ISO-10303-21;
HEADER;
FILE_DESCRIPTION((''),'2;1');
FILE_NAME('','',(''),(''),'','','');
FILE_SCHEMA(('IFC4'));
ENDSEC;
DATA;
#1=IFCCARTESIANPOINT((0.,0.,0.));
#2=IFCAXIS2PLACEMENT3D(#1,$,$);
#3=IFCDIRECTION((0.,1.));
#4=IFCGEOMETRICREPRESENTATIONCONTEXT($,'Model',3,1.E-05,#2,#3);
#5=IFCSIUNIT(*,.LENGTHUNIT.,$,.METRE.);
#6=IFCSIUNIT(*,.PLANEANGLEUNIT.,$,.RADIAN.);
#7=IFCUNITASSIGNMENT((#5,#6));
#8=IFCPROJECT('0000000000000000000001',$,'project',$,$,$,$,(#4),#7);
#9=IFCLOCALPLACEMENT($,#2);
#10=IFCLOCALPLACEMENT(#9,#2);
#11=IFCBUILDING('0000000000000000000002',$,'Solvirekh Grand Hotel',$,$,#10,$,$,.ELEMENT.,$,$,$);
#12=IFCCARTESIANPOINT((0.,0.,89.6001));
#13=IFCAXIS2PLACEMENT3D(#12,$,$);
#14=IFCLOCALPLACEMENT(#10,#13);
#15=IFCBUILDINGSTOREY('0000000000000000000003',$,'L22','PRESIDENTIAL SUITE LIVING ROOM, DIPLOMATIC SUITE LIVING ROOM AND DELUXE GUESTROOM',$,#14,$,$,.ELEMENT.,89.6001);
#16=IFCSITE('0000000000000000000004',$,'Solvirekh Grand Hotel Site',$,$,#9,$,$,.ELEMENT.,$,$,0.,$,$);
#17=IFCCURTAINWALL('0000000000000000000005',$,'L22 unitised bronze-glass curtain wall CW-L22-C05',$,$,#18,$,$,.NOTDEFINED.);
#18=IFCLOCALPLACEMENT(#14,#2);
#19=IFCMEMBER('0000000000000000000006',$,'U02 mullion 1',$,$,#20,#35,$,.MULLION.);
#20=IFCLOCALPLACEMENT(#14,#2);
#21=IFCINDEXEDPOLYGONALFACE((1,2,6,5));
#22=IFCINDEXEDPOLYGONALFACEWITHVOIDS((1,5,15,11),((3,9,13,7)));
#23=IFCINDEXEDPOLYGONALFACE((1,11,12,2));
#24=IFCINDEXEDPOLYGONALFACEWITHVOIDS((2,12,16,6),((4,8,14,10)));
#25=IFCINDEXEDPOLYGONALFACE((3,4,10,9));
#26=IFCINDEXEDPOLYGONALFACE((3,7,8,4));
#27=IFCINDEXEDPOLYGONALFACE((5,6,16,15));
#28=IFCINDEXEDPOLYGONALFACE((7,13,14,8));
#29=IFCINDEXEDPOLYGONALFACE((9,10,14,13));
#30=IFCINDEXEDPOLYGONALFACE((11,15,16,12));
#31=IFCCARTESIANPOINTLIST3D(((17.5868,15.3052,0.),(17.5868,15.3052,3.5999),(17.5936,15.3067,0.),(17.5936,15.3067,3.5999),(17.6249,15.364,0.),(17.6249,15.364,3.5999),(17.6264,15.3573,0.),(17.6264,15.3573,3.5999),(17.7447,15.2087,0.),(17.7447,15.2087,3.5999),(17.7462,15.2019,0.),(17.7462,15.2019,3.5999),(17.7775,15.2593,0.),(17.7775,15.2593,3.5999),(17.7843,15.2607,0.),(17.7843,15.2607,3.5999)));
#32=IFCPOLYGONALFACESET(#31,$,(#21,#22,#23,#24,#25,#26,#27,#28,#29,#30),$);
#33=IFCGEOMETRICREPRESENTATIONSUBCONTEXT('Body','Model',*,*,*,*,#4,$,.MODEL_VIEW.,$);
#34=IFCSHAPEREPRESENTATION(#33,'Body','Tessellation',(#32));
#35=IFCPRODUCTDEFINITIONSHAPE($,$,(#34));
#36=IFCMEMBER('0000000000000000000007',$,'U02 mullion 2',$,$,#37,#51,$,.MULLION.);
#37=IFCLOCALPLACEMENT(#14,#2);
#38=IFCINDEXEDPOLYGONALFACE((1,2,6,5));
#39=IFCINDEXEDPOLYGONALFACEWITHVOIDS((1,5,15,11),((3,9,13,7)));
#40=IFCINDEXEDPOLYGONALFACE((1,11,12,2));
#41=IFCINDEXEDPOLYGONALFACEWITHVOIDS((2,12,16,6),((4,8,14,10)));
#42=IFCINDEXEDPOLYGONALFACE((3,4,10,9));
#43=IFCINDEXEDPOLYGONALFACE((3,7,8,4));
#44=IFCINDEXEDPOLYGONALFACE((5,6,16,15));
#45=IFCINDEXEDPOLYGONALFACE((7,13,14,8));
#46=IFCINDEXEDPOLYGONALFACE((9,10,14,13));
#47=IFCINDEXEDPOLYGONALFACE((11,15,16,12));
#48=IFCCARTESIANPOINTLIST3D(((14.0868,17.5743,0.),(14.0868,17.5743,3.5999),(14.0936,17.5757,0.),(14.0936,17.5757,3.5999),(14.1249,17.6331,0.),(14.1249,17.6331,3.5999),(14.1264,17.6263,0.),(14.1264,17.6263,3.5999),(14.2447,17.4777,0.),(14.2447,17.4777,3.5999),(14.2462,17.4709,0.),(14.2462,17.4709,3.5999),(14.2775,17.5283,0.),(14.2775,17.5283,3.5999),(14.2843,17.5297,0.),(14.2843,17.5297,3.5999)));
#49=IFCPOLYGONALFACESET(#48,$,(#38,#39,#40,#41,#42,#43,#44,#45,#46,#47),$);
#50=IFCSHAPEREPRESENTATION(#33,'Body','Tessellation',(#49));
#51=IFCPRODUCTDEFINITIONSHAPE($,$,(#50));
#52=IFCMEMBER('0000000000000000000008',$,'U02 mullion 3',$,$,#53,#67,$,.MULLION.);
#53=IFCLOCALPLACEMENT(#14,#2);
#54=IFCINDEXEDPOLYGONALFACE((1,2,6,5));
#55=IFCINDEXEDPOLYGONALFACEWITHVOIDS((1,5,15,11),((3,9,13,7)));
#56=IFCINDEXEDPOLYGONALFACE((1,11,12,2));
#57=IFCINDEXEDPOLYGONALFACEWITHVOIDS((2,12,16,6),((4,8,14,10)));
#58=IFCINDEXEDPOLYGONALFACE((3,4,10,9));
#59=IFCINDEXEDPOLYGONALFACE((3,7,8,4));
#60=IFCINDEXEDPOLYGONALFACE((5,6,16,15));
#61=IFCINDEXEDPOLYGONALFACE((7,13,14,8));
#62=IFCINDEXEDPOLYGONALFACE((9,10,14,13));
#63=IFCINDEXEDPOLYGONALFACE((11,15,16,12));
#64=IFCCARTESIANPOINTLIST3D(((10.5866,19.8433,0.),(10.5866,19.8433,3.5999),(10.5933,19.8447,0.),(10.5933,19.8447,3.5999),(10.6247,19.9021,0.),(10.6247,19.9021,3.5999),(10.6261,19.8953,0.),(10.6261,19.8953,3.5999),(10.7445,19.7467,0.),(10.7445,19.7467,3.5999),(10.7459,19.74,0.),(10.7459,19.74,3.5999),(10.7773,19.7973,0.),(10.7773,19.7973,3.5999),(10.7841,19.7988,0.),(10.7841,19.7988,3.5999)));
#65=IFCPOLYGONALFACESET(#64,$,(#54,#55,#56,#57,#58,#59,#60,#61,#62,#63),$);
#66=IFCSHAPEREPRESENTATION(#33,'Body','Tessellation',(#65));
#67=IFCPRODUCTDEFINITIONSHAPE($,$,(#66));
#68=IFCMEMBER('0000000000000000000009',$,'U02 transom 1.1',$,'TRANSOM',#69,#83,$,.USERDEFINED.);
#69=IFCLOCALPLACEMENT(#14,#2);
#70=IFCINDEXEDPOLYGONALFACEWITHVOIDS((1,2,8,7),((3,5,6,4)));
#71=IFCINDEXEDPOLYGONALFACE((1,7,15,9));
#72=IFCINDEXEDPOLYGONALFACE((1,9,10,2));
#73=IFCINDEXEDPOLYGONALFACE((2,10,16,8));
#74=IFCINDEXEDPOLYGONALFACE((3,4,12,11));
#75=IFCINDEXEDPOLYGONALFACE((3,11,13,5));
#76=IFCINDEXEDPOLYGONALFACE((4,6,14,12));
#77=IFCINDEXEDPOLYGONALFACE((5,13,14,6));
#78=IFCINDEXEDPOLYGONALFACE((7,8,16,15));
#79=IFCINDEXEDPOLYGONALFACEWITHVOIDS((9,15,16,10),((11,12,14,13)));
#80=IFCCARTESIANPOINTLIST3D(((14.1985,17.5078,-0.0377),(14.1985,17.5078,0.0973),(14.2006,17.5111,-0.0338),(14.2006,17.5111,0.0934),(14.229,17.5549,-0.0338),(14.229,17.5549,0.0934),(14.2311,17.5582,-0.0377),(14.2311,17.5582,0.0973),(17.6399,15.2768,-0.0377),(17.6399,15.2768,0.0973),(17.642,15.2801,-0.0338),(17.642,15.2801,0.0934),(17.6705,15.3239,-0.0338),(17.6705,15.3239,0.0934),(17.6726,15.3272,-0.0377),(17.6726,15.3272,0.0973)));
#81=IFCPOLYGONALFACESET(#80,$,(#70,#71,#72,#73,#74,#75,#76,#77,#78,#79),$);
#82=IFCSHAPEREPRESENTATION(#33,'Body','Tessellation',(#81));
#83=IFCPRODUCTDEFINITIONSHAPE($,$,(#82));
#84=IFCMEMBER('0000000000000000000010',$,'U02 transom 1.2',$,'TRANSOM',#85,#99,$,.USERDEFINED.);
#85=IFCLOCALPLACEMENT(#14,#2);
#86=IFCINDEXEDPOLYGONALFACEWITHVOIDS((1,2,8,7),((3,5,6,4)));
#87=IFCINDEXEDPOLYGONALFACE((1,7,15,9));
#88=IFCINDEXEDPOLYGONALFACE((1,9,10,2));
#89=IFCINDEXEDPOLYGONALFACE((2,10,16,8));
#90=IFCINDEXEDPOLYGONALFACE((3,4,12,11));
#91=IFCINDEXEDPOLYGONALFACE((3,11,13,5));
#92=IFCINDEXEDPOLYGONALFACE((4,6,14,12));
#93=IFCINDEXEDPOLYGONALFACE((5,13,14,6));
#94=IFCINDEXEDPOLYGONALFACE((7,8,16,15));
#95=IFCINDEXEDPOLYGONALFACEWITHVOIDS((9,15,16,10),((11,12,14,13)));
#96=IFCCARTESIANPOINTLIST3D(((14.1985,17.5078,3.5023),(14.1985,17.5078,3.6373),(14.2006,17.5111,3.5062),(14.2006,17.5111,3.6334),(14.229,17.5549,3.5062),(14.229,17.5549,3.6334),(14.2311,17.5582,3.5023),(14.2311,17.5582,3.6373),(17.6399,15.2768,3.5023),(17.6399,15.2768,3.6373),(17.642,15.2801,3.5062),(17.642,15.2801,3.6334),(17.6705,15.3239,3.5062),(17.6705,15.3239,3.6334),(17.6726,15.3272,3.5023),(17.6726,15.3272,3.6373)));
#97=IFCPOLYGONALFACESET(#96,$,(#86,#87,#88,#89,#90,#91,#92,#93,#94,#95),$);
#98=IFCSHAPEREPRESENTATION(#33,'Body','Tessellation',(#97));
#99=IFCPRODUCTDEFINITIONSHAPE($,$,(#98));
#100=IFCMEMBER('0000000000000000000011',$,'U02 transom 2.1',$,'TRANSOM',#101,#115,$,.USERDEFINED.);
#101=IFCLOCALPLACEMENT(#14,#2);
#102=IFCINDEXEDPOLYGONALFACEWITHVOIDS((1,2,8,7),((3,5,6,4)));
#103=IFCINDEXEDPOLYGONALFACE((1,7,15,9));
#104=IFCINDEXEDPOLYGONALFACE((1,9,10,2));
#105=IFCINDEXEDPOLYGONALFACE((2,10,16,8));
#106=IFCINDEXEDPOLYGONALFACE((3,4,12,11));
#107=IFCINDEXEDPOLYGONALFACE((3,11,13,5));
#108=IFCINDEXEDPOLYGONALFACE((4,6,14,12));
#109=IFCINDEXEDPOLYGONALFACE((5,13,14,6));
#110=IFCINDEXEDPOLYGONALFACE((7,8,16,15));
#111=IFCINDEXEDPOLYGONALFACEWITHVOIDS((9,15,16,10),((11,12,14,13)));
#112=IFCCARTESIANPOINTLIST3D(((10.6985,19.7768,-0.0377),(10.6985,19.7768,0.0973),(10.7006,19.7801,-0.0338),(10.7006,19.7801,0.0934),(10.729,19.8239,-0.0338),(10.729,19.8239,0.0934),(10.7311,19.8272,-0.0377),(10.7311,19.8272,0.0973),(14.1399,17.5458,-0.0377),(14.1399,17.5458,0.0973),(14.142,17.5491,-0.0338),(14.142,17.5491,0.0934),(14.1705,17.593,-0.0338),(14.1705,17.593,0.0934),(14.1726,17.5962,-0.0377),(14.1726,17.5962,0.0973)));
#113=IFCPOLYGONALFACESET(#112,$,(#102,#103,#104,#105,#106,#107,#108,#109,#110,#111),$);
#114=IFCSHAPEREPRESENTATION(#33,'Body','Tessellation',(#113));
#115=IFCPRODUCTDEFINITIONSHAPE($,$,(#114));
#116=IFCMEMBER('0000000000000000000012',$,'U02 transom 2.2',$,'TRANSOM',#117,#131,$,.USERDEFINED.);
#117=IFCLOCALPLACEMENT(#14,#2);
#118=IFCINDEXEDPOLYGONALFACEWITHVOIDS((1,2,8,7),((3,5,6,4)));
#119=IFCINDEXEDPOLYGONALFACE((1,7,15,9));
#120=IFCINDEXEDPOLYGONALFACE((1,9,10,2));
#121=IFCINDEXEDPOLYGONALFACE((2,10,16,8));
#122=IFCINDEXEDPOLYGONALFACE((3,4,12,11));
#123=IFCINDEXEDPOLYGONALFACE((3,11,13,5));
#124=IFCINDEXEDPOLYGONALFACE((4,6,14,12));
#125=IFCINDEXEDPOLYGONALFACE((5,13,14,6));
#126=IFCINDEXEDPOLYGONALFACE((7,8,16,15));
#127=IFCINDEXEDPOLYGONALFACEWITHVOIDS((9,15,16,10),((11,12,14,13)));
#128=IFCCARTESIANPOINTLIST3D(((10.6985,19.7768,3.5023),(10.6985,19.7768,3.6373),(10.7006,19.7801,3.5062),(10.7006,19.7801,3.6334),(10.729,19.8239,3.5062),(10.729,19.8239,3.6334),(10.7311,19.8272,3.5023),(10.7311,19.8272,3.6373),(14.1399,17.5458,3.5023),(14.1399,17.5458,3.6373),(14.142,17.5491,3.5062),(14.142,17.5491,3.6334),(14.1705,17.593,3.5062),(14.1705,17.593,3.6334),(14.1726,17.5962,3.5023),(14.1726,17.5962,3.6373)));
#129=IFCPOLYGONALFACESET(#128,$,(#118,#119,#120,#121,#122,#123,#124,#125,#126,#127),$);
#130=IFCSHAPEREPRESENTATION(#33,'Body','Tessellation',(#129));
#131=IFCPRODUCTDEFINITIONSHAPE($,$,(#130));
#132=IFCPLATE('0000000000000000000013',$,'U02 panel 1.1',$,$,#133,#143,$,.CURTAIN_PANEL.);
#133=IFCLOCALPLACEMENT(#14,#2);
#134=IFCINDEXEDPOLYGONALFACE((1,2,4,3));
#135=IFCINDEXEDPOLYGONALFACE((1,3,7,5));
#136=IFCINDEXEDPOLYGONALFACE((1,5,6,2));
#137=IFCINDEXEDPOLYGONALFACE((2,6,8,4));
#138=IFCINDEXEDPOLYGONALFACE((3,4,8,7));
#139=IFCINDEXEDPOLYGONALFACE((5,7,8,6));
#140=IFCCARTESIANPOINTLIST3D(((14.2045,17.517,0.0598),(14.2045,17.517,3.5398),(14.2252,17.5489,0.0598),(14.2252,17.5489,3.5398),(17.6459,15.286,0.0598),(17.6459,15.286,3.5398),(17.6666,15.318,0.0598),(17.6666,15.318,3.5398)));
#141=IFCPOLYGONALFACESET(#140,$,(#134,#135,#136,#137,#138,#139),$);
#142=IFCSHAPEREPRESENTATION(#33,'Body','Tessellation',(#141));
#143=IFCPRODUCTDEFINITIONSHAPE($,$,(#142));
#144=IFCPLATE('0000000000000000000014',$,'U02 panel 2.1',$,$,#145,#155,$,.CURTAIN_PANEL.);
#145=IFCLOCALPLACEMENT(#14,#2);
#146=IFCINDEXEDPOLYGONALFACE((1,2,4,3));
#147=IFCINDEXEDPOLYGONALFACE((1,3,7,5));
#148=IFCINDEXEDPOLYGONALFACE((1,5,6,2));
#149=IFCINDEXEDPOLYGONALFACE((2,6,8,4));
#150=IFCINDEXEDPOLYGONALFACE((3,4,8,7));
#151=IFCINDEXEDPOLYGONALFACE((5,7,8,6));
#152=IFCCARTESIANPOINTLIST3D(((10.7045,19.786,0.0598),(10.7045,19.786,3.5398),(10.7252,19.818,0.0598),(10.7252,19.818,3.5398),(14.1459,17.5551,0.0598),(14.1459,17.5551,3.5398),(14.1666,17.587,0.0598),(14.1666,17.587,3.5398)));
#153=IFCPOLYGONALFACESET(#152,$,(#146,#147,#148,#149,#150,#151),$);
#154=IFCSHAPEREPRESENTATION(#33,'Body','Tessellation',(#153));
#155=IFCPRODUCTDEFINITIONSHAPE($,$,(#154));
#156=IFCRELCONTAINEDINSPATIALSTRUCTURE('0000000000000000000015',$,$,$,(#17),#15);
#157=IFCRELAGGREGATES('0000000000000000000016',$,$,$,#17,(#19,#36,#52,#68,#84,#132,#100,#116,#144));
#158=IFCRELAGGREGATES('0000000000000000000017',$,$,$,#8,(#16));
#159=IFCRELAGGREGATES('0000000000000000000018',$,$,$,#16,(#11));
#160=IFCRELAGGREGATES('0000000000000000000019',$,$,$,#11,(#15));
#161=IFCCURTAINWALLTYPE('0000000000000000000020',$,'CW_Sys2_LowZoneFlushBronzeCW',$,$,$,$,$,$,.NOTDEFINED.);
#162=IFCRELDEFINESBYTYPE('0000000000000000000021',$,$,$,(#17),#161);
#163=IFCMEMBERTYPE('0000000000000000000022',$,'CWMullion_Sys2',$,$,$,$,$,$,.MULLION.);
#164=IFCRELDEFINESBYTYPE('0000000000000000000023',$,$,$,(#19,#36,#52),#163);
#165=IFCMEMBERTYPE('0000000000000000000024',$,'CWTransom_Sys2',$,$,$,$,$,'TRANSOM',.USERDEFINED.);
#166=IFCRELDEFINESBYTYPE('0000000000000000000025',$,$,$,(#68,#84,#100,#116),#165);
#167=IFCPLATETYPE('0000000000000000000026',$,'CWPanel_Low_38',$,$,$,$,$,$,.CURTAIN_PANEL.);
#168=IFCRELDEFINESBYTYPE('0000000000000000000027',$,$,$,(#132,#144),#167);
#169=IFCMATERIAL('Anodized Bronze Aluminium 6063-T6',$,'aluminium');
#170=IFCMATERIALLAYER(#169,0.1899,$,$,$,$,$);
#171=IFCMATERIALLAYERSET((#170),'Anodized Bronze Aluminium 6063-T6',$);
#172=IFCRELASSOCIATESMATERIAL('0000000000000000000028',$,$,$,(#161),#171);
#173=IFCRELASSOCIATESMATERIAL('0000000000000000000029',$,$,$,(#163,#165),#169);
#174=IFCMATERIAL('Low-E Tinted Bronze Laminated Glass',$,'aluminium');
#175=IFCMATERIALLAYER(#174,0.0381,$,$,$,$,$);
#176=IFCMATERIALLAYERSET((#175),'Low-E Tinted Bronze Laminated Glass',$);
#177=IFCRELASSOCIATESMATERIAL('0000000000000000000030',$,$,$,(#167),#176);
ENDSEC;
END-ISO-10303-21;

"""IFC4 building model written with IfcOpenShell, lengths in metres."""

from ifc_helpers import new_model, si_unit, direction, frame, origin, origin_2d, place, context, subcontext, project, spatial, rectangle, hollow_rectangle, extrude, source, transform, mapped, material, layer, layer_set, material_profile, profile_set, type_object, element, aggregate, save


model = new_model("IFC4")

# Units and contexts
model_context = context("Model", 3, precision=1e-05, world=origin(), true_north=direction((0.0, 1.0)))
body_context = subcontext(model_context, "Body", "Model", "MODEL_VIEW")
ifc_project = project(units=[si_unit("LENGTHUNIT", "METRE"), si_unit("PLANEANGLEUNIT", "RADIAN")], contexts=[model_context])

# Site, building, storey
site_placement = place(None, origin())
site = spatial("IfcSite", under=ifc_project, at=site_placement, Name="Solvirekh Grand Hotel Site", CompositionType="ELEMENT", RefElevation=0.0)
building_placement = place(site_placement, origin())
building = spatial("IfcBuilding", under=site, at=building_placement, Name="Solvirekh Grand Hotel", CompositionType="ELEMENT")
storey_placement = place(building_placement, frame((0.0, 0.0, 89.6001)))
storey = spatial("IfcBuildingStorey", under=building, at=storey_placement, Name="L22", Description="PRESIDENTIAL SUITE LIVING ROOM, DIPLOMATIC SUITE LIVING ROOM AND DELUXE GUESTROOM", CompositionType="ELEMENT", Elevation=89.6001)

# Curtain wall, members, plates
ifc_material_1 = material(Name="Anodized Bronze Aluminium 6063-T6", Category="aluminium")
ifc_layer_1 = layer(ifc_material_1, 0.1899)
ifc_layer_set_1 = layer_set([ifc_layer_1], Name="Anodized Bronze Aluminium 6063-T6")
curtain_wall_type = type_object("IfcCurtainWallType", Name="CW_Sys2_LowZoneFlushBronzeCW", PredefinedType="NOTDEFINED", material=ifc_layer_set_1)
curtain_wall_placement = place(storey_placement, origin())
curtain_wall = element("IfcCurtainWall", 1, at=curtain_wall_placement, inside=storey, type_object=curtain_wall_type, Name="L22 unitised bronze-glass curtain wall CW-L22-C05", PredefinedType="NOTDEFINED")
ifc_material_profile_1 = material_profile(ifc_material_1, hollow_rectangle(XDim=0.0701, YDim=0.1899, WallThickness=0.0049, at=origin_2d()), Name="ALU RHS 190X70X5")
ifc_profile_set_1 = profile_set([ifc_material_profile_1], Name="Anodized Bronze Aluminium 6063-T6")
member_type_1 = type_object("IfcMemberType", Name="CWMullion_Sys2", PredefinedType="MULLION", material=ifc_profile_set_1)
shared_shape_1 = source(origin(), body_context, "Body", "SweptSolid", [
    extrude(hollow_rectangle(XDim=0.0701, YDim=0.1899, WallThickness=0.0049, at=origin_2d()), origin(), (0.0, 0.0, 1.0), 3.5999),
])
member_1_placement = place(storey_placement, frame((17.6855, 15.283, 0.0), z_axis=(0.0, 0.0, 1.0), x_axis=(-0.543956, -0.839114, 0.0)))
member_1 = element("IfcMember", 2, at=member_1_placement, type_object=member_type_1, Name="U02 mullion 1", PredefinedType="MULLION", context=body_context, shape_type="MappedRepresentation", body=[
    mapped(shared_shape_1, transform((0.0, 0.0, 0.0), x_axis=(1.0, 0.0, 0.0), y_axis=(0.0, 1.0, 0.0), z_axis=(0.0, 0.0, 1.0), scale=1.0)),
])
member_2_placement = place(storey_placement, frame((14.1855, 17.552, 0.0), z_axis=(0.0, 0.0, 1.0), x_axis=(-0.543956, -0.839114, 0.0)))
member_2 = element("IfcMember", 3, at=member_2_placement, type_object=member_type_1, Name="U02 mullion 2", PredefinedType="MULLION", context=body_context, shape_type="MappedRepresentation", body=[
    mapped(shared_shape_1, transform((0.0, 0.0, 0.0), x_axis=(1.0, 0.0, 0.0), y_axis=(0.0, 1.0, 0.0), z_axis=(0.0, 0.0, 1.0), scale=1.0)),
])
member_3_placement = place(storey_placement, frame((10.6853, 19.821, 0.0), z_axis=(0.0, 0.0, 1.0), x_axis=(-0.543956, -0.839114, 0.0)))
member_3 = element("IfcMember", 4, at=member_3_placement, type_object=member_type_1, Name="U02 mullion 3", PredefinedType="MULLION", context=body_context, shape_type="MappedRepresentation", body=[
    mapped(shared_shape_1, transform((0.0, 0.0, 0.0), x_axis=(1.0, 0.0, 0.0), y_axis=(0.0, 1.0, 0.0), z_axis=(0.0, 0.0, 1.0), scale=1.0)),
])
ifc_material_profile_2 = material_profile(ifc_material_1, hollow_rectangle(XDim=0.0601, YDim=0.135, WallThickness=0.0039, at=origin_2d()), Name="ALU RHS 135X60X4")
ifc_profile_set_2 = profile_set([ifc_material_profile_2], Name="Anodized Bronze Aluminium 6063-T6")
member_type_2 = type_object("IfcMemberType", Name="CWTransom_Sys2", ElementType="TRANSOM", PredefinedType="USERDEFINED", material=ifc_profile_set_2)
shared_shape_2 = source(origin(), body_context, "Body", "SweptSolid", [
    extrude(hollow_rectangle(XDim=0.0601, YDim=0.135, WallThickness=0.0039, at=origin_2d()), origin(), (0.0, 0.0, 1.0), 4.1013),
])
member_4_placement = place(storey_placement, frame((17.6562, 15.302, 0.0298), z_axis=(-0.839107, 0.543967, 0.0), x_axis=(-0.543967, -0.839107, 0.0)))
member_4 = element("IfcMember", 5, at=member_4_placement, type_object=member_type_2, Name="U02 transom 1.1", ObjectType="TRANSOM", PredefinedType="USERDEFINED", context=body_context, shape_type="MappedRepresentation", body=[
    mapped(shared_shape_2, transform((0.0, 0.0, 0.0), x_axis=(1.0, 0.0, 0.0), y_axis=(0.0, 1.0, 0.0), z_axis=(0.0, 0.0, 1.0), scale=1.0)),
])
member_5_placement = place(storey_placement, frame((17.6562, 15.302, 3.5698), z_axis=(-0.839107, 0.543967, 0.0), x_axis=(-0.543967, -0.839107, 0.0)))
member_5 = element("IfcMember", 6, at=member_5_placement, type_object=member_type_2, Name="U02 transom 1.2", ObjectType="TRANSOM", PredefinedType="USERDEFINED", context=body_context, shape_type="MappedRepresentation", body=[
    mapped(shared_shape_2, transform((0.0, 0.0, 0.0), x_axis=(1.0, 0.0, 0.0), y_axis=(0.0, 1.0, 0.0), z_axis=(0.0, 0.0, 1.0), scale=1.0)),
])
member_6_placement = place(storey_placement, frame((14.1562, 17.571, 0.0298), z_axis=(-0.839107, 0.543967, 0.0), x_axis=(-0.543967, -0.839107, 0.0)))
member_6 = element("IfcMember", 7, at=member_6_placement, type_object=member_type_2, Name="U02 transom 2.1", ObjectType="TRANSOM", PredefinedType="USERDEFINED", context=body_context, shape_type="MappedRepresentation", body=[
    mapped(shared_shape_2, transform((0.0, 0.0, 0.0), x_axis=(1.0, 0.0, 0.0), y_axis=(0.0, 1.0, 0.0), z_axis=(0.0, 0.0, 1.0), scale=1.0)),
])
member_7_placement = place(storey_placement, frame((14.1562, 17.571, 3.5698), z_axis=(-0.839107, 0.543967, 0.0), x_axis=(-0.543967, -0.839107, 0.0)))
member_7 = element("IfcMember", 8, at=member_7_placement, type_object=member_type_2, Name="U02 transom 2.2", ObjectType="TRANSOM", PredefinedType="USERDEFINED", context=body_context, shape_type="MappedRepresentation", body=[
    mapped(shared_shape_2, transform((0.0, 0.0, 0.0), x_axis=(1.0, 0.0, 0.0), y_axis=(0.0, 1.0, 0.0), z_axis=(0.0, 0.0, 1.0), scale=1.0)),
])
ifc_material_2 = material(Name="Low-E Tinted Bronze Laminated Glass", Category="aluminium")
ifc_layer_2 = layer(ifc_material_2, 0.0381)
ifc_layer_set_2 = layer_set([ifc_layer_2], Name="Low-E Tinted Bronze Laminated Glass")
plate_type = type_object("IfcPlateType", Name="CWPanel_Low_38", PredefinedType="CURTAIN_PANEL", material=ifc_layer_set_2)
shared_shape_3 = source(origin(), body_context, "Body", "SweptSolid", [
    extrude(rectangle(XDim=4.1013, YDim=0.0381, at=origin_2d()), origin(), (0.0, 0.0, 1.0), 3.48),
])
plate_1_placement = place(storey_placement, frame((15.9355, 16.4175, 0.0598), z_axis=(0.0, 0.0, 1.0), x_axis=(-0.839114, 0.543956, 0.0)))
plate_1 = element("IfcPlate", 9, at=plate_1_placement, type_object=plate_type, Name="U02 panel 1.1", PredefinedType="CURTAIN_PANEL", context=body_context, shape_type="MappedRepresentation", body=[
    mapped(shared_shape_3, transform((0.0, 0.0, 0.0), x_axis=(1.0, 0.0, 0.0), y_axis=(0.0, 1.0, 0.0), z_axis=(0.0, 0.0, 1.0), scale=1.0)),
])
plate_2_placement = place(storey_placement, frame((12.4355, 18.6865, 0.0598), z_axis=(0.0, 0.0, 1.0), x_axis=(-0.839114, 0.543956, 0.0)))
plate_2 = element("IfcPlate", 10, at=plate_2_placement, type_object=plate_type, Name="U02 panel 2.1", PredefinedType="CURTAIN_PANEL", context=body_context, shape_type="MappedRepresentation", body=[
    mapped(shared_shape_3, transform((0.0, 0.0, 0.0), x_axis=(1.0, 0.0, 0.0), y_axis=(0.0, 1.0, 0.0), z_axis=(0.0, 0.0, 1.0), scale=1.0)),
])
aggregate(curtain_wall, [member_1, member_2, member_3, member_4, member_5, plate_1, member_6, member_7, plate_2])

save(model, "model.ifc")
